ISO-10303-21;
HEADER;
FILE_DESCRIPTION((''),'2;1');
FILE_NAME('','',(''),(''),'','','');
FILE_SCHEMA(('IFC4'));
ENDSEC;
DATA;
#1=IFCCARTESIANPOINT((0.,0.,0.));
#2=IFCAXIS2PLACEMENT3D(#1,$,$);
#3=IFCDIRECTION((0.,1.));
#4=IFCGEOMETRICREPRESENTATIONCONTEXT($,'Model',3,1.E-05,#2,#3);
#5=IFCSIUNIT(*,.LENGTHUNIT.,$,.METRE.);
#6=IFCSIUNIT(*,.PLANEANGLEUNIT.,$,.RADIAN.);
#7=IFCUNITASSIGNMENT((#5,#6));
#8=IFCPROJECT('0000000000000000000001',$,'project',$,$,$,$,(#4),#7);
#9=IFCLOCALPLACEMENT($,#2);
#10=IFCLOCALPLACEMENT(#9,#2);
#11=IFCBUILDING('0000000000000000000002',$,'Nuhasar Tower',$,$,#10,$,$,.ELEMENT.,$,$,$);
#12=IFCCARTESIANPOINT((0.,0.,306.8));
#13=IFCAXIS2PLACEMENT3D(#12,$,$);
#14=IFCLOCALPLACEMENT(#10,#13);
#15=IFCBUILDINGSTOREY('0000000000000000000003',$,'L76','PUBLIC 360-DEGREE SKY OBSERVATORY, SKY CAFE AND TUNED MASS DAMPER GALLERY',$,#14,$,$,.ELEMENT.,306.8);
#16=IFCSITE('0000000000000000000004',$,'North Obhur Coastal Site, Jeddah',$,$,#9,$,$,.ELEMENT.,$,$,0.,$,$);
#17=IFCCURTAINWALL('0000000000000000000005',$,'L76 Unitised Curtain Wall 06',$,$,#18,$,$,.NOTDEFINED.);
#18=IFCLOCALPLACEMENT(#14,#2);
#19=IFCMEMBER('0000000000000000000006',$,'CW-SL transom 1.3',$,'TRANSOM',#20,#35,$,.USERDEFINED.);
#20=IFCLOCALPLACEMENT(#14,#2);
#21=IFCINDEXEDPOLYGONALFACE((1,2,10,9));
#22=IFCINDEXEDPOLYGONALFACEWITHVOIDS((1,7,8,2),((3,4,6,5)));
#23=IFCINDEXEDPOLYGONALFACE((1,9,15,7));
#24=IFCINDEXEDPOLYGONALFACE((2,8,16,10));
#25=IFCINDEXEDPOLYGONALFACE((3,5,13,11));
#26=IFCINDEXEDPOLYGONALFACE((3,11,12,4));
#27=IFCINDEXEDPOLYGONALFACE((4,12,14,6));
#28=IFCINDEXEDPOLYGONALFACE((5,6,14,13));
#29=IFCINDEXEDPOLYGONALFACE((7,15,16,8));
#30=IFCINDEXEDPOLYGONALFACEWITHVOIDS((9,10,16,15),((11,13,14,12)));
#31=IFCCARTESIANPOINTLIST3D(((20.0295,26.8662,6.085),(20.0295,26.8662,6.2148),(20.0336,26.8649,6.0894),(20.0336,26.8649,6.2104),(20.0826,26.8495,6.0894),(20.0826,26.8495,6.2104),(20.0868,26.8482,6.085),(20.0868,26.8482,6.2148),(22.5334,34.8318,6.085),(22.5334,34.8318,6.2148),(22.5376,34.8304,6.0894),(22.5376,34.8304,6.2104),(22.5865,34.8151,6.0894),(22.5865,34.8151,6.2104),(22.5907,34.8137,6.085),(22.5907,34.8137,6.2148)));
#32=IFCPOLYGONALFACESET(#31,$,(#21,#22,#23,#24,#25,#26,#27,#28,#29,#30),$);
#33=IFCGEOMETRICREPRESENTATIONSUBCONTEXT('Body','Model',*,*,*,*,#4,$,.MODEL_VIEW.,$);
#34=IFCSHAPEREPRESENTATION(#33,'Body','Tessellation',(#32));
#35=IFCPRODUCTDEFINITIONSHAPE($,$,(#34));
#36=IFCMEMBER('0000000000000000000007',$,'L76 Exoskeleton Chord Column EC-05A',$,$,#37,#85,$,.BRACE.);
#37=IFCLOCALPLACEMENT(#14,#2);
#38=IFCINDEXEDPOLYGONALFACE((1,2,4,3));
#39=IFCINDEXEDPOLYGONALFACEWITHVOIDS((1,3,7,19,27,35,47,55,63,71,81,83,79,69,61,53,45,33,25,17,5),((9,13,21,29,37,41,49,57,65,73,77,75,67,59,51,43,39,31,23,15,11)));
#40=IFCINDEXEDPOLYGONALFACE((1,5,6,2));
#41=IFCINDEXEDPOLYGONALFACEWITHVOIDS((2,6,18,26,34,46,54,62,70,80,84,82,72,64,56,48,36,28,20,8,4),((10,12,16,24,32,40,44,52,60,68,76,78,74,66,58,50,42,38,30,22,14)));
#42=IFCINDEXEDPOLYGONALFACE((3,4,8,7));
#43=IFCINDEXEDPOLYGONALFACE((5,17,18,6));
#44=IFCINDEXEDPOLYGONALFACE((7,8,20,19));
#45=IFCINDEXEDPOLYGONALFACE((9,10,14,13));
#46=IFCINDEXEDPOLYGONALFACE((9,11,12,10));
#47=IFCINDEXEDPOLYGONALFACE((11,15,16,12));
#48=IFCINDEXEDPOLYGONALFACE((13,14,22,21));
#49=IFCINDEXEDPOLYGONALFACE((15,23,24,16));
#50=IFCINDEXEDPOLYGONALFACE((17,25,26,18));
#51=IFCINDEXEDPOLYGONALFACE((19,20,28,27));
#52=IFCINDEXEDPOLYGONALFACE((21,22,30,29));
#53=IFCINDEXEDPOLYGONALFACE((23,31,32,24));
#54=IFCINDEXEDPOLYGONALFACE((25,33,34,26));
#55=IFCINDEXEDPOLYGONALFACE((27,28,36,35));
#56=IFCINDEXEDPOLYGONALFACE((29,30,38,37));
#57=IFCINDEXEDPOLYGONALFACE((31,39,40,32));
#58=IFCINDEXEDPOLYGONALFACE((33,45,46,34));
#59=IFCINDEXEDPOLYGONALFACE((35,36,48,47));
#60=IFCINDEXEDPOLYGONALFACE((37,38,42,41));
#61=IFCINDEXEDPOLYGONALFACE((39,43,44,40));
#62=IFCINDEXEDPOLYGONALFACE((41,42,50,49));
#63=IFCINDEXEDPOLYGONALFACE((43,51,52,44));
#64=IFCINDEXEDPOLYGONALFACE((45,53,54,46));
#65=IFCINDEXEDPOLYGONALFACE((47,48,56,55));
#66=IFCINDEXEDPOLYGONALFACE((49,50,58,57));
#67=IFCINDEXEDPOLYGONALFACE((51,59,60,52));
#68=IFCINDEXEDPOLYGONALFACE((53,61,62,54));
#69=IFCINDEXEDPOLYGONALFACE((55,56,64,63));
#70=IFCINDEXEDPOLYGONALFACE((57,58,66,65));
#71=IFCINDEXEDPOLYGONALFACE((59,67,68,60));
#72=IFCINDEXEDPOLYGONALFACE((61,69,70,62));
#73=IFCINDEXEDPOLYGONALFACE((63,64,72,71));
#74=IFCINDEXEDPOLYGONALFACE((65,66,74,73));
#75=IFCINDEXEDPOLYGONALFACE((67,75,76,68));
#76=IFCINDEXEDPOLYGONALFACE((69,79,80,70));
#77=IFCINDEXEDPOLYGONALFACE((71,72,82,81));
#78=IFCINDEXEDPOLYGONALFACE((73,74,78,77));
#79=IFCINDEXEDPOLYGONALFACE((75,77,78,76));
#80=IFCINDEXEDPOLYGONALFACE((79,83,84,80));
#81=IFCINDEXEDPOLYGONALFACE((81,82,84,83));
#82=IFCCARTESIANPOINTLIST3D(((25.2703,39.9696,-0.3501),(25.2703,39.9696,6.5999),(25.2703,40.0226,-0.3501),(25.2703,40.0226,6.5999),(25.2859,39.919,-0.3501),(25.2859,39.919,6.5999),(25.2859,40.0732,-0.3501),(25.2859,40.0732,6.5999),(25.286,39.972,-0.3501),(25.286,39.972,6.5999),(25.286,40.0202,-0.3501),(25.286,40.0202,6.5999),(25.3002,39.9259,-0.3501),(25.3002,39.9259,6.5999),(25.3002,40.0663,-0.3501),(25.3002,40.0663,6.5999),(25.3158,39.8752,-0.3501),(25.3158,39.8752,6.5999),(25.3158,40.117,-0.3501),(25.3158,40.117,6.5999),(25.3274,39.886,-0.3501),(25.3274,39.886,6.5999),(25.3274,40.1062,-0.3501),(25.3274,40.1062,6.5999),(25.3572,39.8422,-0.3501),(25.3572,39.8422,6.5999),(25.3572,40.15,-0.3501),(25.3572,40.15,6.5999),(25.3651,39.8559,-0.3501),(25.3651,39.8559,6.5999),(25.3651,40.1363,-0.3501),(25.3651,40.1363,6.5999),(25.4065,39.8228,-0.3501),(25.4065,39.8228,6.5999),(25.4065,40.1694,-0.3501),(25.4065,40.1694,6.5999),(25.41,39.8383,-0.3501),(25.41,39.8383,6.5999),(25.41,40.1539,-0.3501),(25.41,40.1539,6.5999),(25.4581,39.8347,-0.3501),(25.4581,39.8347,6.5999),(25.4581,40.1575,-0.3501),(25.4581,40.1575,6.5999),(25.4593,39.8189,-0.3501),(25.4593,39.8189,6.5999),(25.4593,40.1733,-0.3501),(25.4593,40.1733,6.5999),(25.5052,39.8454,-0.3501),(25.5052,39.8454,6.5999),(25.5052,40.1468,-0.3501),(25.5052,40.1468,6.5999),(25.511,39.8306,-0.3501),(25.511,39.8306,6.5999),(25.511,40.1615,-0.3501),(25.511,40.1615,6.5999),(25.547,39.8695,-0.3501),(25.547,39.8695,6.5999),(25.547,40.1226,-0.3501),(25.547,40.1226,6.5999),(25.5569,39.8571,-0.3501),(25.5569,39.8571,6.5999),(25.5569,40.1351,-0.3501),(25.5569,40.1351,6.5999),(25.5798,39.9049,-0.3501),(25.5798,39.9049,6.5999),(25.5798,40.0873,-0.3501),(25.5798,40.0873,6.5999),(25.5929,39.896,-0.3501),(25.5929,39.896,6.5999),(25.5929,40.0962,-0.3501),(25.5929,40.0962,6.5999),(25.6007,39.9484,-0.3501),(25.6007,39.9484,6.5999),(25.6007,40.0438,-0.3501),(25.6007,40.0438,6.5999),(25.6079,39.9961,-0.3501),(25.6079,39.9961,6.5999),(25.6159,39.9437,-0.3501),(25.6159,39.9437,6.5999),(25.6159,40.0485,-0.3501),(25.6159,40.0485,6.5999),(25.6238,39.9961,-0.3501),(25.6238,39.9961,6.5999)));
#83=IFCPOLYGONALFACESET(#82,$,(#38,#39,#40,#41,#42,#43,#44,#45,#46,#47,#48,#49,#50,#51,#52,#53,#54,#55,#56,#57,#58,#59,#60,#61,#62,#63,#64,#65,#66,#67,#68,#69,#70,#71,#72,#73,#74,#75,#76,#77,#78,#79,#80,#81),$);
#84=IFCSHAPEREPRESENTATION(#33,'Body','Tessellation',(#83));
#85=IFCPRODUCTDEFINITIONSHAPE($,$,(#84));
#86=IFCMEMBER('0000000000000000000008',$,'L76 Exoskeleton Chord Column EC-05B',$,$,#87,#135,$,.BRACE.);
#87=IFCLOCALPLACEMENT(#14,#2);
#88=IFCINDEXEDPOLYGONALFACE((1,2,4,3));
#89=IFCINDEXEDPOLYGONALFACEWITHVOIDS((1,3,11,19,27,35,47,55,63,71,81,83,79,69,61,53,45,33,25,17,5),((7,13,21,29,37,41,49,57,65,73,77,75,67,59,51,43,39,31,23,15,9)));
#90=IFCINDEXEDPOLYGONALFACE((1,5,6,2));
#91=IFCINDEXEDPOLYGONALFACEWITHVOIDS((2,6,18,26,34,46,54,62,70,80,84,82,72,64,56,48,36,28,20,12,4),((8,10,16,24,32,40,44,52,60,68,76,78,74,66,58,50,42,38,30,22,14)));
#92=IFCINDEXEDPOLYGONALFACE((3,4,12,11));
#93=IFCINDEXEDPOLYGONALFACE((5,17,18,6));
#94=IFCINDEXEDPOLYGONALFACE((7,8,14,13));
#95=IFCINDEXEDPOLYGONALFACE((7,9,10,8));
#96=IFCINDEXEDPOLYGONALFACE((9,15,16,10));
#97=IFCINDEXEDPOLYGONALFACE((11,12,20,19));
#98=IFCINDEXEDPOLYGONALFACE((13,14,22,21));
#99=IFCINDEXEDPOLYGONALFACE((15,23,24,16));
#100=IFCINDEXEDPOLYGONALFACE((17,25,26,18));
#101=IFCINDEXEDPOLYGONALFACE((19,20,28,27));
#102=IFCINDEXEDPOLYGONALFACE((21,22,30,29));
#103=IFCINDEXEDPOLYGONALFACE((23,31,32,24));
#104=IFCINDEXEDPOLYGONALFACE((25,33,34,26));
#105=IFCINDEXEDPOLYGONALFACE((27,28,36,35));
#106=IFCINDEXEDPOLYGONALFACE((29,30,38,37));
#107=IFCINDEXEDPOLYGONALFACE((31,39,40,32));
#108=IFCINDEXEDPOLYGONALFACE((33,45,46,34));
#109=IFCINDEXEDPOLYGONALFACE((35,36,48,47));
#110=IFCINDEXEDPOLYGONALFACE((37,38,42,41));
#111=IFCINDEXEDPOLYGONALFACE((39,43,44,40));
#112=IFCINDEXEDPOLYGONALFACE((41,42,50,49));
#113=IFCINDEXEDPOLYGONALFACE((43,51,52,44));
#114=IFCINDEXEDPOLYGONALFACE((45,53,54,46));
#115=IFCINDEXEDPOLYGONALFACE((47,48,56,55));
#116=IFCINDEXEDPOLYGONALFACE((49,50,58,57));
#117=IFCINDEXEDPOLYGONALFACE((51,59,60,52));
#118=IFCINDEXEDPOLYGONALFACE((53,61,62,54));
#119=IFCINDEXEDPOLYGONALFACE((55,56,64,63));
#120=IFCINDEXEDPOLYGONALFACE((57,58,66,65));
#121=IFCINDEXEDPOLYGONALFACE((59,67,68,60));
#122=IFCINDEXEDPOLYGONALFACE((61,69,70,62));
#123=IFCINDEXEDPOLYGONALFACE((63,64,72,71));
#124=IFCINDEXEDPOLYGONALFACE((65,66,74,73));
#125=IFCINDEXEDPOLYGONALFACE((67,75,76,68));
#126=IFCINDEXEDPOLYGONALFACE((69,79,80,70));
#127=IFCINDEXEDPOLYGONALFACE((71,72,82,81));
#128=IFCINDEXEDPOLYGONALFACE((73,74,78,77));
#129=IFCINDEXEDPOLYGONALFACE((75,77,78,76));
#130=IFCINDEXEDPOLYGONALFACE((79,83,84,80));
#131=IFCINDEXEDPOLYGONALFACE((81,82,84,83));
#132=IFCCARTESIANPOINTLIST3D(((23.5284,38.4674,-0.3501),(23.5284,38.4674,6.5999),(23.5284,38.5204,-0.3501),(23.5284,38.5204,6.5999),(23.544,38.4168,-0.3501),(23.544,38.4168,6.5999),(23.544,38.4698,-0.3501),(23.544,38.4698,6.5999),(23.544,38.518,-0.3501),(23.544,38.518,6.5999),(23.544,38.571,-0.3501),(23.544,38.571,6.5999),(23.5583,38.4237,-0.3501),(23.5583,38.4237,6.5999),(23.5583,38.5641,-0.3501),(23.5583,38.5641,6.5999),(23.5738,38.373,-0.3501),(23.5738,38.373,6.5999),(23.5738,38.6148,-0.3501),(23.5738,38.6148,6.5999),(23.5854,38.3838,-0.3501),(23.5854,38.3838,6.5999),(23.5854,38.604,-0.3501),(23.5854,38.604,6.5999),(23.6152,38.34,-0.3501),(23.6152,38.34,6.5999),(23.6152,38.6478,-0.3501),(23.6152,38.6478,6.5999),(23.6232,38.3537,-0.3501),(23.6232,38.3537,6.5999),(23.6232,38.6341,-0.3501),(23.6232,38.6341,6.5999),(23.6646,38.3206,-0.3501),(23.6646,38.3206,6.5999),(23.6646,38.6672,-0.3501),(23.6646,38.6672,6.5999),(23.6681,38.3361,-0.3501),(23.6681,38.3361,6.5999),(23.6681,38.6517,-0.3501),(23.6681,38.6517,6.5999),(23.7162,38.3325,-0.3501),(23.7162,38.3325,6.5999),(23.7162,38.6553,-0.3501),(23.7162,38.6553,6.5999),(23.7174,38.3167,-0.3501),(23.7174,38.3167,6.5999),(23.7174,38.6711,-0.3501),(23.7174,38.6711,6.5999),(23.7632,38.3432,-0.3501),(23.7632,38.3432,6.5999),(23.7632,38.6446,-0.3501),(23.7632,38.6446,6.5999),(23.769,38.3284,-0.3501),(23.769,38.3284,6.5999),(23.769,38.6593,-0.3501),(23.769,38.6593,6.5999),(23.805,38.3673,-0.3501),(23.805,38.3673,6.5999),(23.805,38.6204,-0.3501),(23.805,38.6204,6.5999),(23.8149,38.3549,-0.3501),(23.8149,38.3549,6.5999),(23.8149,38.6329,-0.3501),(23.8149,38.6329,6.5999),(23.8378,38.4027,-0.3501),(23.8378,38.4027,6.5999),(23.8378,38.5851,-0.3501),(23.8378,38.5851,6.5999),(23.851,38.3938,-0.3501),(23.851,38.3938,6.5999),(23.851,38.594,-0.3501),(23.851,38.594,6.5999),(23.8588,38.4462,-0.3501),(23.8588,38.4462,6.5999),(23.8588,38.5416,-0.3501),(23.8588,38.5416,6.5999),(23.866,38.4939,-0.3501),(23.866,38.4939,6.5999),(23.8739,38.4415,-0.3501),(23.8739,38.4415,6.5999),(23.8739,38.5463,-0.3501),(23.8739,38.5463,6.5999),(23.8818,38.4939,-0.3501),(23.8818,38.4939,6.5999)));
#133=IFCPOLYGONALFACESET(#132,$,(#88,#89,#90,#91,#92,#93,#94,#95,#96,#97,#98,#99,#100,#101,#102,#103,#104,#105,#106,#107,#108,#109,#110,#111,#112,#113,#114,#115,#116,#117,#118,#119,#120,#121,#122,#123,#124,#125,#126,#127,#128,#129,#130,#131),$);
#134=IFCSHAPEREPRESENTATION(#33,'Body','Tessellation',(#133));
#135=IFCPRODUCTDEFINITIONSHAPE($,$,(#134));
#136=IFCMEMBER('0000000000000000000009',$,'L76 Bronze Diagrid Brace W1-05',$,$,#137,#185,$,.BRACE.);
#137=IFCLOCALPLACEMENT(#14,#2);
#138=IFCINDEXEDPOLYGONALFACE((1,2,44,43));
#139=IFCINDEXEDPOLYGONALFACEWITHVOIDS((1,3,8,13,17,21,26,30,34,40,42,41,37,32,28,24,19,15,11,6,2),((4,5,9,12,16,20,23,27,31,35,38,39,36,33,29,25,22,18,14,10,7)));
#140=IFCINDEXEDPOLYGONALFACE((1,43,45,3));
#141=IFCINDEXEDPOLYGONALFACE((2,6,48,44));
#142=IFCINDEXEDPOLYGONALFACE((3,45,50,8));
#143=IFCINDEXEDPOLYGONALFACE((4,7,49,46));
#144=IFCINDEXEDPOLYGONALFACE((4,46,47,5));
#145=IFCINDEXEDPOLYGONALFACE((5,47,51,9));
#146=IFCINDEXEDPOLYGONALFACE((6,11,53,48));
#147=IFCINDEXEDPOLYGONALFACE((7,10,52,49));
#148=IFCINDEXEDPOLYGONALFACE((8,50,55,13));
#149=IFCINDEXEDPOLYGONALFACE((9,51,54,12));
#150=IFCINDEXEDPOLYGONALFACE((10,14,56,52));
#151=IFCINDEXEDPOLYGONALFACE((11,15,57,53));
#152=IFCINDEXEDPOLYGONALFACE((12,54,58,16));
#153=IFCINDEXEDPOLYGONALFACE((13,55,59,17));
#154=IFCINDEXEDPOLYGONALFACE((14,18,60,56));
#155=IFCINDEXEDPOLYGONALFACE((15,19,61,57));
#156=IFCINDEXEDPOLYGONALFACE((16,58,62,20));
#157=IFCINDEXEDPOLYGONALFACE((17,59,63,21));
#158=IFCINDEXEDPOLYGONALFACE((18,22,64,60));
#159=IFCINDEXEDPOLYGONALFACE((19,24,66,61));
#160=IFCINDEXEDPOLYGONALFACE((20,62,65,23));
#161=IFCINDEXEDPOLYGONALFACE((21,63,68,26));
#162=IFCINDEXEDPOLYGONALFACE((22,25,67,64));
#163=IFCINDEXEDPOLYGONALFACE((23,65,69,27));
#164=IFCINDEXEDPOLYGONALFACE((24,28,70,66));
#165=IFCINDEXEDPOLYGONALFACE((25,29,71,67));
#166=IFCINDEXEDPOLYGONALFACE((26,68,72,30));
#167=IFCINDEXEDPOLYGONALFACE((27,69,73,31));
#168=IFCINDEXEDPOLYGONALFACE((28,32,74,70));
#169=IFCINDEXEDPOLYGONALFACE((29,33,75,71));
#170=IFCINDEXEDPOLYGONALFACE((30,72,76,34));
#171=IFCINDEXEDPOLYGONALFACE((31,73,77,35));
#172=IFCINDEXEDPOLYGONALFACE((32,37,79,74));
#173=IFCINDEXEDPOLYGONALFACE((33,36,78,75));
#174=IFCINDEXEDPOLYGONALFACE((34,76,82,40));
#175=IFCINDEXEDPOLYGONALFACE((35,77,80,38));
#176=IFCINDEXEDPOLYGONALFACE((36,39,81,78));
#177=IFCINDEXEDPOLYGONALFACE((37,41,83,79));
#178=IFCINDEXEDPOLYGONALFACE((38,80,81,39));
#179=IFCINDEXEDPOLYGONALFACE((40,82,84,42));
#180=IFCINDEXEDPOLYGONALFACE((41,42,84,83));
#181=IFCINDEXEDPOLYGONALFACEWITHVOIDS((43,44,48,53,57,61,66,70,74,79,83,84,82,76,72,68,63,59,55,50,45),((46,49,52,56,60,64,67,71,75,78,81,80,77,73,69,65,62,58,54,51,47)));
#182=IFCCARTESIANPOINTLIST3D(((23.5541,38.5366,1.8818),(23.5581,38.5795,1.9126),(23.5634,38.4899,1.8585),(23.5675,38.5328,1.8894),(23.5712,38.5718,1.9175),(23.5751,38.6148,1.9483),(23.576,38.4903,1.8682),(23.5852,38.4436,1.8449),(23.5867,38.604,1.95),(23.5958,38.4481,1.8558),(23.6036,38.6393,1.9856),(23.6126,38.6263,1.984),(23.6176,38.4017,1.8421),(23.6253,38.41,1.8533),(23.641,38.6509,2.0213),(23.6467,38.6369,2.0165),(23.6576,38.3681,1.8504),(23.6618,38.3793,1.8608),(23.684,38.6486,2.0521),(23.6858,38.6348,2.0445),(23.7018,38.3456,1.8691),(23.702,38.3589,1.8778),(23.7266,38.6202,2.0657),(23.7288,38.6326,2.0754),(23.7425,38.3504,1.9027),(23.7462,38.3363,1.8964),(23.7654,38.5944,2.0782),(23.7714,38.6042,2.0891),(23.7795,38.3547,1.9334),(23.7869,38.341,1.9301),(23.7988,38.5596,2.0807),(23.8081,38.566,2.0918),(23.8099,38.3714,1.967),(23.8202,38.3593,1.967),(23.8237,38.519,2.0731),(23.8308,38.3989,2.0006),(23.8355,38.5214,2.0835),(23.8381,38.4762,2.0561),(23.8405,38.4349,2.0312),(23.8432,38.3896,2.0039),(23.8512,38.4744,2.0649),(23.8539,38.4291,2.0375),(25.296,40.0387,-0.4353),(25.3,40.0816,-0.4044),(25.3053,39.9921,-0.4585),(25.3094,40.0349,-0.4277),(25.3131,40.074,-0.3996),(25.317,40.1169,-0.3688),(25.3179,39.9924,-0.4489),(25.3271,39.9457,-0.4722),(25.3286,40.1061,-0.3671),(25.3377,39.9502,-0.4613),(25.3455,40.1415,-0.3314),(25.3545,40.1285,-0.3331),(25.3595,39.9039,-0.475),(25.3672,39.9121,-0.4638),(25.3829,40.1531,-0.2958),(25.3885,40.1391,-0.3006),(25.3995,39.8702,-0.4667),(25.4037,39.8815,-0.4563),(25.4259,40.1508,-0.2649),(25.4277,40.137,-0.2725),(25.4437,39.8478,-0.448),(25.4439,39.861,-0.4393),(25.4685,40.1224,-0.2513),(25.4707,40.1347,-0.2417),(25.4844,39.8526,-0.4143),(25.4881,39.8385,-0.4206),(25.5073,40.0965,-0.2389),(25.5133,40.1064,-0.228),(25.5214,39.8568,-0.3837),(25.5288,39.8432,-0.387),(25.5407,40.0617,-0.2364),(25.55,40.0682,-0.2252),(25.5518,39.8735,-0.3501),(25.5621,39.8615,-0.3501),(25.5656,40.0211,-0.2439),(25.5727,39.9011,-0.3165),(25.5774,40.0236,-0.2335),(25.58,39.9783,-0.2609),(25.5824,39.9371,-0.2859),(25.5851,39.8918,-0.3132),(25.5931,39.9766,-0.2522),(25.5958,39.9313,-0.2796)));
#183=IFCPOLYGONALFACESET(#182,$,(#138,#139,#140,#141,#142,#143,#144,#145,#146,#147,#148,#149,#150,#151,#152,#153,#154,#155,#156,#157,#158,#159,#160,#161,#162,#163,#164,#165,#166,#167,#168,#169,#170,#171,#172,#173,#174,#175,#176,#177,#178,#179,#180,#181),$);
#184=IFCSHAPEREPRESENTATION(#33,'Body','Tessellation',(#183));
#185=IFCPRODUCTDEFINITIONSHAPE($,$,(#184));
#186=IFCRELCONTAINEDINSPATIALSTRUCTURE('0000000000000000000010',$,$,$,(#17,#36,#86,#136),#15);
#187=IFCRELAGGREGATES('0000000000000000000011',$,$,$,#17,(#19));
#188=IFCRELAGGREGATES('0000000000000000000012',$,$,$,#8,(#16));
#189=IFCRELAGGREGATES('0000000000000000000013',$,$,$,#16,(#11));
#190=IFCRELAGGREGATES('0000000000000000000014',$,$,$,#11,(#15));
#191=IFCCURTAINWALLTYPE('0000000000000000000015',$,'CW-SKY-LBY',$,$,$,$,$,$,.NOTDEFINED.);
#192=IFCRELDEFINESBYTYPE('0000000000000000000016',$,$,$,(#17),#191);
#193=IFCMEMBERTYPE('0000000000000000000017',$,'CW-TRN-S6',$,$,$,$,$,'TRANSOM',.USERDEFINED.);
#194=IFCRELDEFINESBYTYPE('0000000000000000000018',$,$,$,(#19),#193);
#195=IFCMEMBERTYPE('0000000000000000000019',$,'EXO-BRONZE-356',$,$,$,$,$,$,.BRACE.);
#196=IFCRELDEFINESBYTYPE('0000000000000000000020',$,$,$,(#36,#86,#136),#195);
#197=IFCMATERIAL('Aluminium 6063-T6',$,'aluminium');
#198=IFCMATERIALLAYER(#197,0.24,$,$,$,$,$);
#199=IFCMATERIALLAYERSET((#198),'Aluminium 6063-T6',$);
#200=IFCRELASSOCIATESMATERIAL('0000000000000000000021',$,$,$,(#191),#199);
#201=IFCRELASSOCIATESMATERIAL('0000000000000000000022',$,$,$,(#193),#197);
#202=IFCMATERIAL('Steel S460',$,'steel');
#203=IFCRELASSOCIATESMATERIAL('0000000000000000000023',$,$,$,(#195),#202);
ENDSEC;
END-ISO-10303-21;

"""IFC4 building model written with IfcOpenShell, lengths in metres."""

from ifc_helpers import new_model, si_unit, direction, frame, origin, origin_2d, place, context, subcontext, project, spatial, hollow_rectangle, hollow_circle, extrude, material, layer, layer_set, material_profile, profile_set, type_object, element, aggregate, save


model = new_model("IFC4")

# Units and contexts
model_context = context("Model", 3, precision=1e-05, world=origin(), true_north=direction((0.0, 1.0)))
body_context = subcontext(model_context, "Body", "Model", "MODEL_VIEW")
ifc_project = project(units=[si_unit("LENGTHUNIT", "METRE"), si_unit("PLANEANGLEUNIT", "RADIAN")], contexts=[model_context])

# Site, building, storey
site_placement = place(None, origin())
site = spatial("IfcSite", under=ifc_project, at=site_placement, Name="North Obhur Coastal Site, Jeddah", CompositionType="ELEMENT", RefElevation=0.0)
building_placement = place(site_placement, origin())
building = spatial("IfcBuilding", under=site, at=building_placement, Name="Nuhasar Tower", CompositionType="ELEMENT")
storey_placement = place(building_placement, frame((0.0, 0.0, 306.8)))
storey = spatial("IfcBuildingStorey", under=building, at=storey_placement, Name="L76", Description="PUBLIC 360-DEGREE SKY OBSERVATORY, SKY CAFE AND TUNED MASS DAMPER GALLERY", CompositionType="ELEMENT", Elevation=306.8)

# Shared definitions
ifc_material_1 = material(Name="Steel S460", Category="steel")

# Shared definitions
ifc_material_2 = material(Name="Aluminium 6063-T6", Category="aluminium")
ifc_layer_1 = layer(ifc_material_2, 0.24)
ifc_layer_set_1 = layer_set([ifc_layer_1], Name="Aluminium 6063-T6")
curtain_wall_type = type_object("IfcCurtainWallType", Name="CW-SKY-LBY", PredefinedType="NOTDEFINED", material=ifc_layer_set_1)

# Curtain wall
curtain_wall_1_placement = place(storey_placement, origin())
curtain_wall_1 = element("IfcCurtainWall", 1, at=curtain_wall_1_placement, inside=storey, type_object=curtain_wall_type, Name="L76 Unitised Curtain Wall 06", PredefinedType="NOTDEFINED")

# Member
ifc_material_profile_1 = material_profile(ifc_material_2, hollow_rectangle(XDim=0.0601, YDim=0.1299, WallThickness=0.0044, at=origin_2d()), Name="CWT-6")
ifc_profile_set_1 = profile_set([ifc_material_profile_1], Name="Aluminium 6063-T6")
member_type_1 = type_object("IfcMemberType", Name="CW-TRN-S6", ElementType="TRANSOM", PredefinedType="USERDEFINED", material=ifc_profile_set_1)
member_1_placement = place(storey_placement, frame((22.562, 34.8228, 6.1499), z_axis=(-0.299874, -0.953979, 0.0), x_axis=(0.953979, -0.299874, 0.0)))
member_1 = element("IfcMember", 2, at=member_1_placement, type_object=member_type_1, Name="CW-SL transom 1.3", ObjectType="TRANSOM", PredefinedType="USERDEFINED", context=body_context, shape_type="SweptSolid", body=[
    extrude(hollow_rectangle(XDim=0.0601, YDim=0.1299, WallThickness=0.0044, at=origin_2d()), origin(), (0.0, 0.0, 1.0), 8.3499),
])
aggregate(curtain_wall_1, [member_1])

# Members
ifc_material_profile_2 = material_profile(ifc_material_1, hollow_circle(Radius=0.1777, WallThickness=0.0159, at=origin_2d()), Name="HSS355.6X15.9")
ifc_profile_set_2 = profile_set([ifc_material_profile_2], Name="Steel S460")
member_type_2 = type_object("IfcMemberType", Name="EXO-BRONZE-356", PredefinedType="BRACE", material=ifc_profile_set_2)
for number, where, z_axis, x_axis, name in (
    (3, (25.446, 39.9961, -0.3501), (0.0, 0.0, 1.0), (1.0, 0.0, 0.0), "L76 Exoskeleton Chord Column EC-05A"),
    (4, (23.7041, 38.4939, -0.3501), (0.0, 0.0, 1.0), (1.0, 0.0, 0.0), "L76 Exoskeleton Chord Column EC-05B"),
):
    element("IfcMember", number, at=place(storey_placement, frame(where, z_axis=z_axis, x_axis=x_axis)), inside=storey, type_object=member_type_2, Name=name, PredefinedType="BRACE", context=body_context, shape_type="SweptSolid", body=[
        extrude(hollow_circle(Radius=0.1777, WallThickness=0.0159, at=origin_2d()), origin(), (0.0, 0.0, 1.0), 6.95),
    ])
member_2_placement = place(storey_placement, frame((25.446, 39.9961, -0.3501), z_axis=(-0.533523, -0.460094, 0.709695), x_axis=(0.65307, -0.757298, 0.0)))
element("IfcMember", 5, at=member_2_placement, inside=storey, type_object=member_type_2, Name="L76 Bronze Diagrid Brace W1-05", PredefinedType="BRACE", context=body_context, shape_type="SweptSolid", body=[
    extrude(hollow_circle(Radius=0.1777, WallThickness=0.0159, at=origin_2d()), origin(), (0.0, 0.0, 1.0), 3.2649),
])

save(model, "model.ifc")
